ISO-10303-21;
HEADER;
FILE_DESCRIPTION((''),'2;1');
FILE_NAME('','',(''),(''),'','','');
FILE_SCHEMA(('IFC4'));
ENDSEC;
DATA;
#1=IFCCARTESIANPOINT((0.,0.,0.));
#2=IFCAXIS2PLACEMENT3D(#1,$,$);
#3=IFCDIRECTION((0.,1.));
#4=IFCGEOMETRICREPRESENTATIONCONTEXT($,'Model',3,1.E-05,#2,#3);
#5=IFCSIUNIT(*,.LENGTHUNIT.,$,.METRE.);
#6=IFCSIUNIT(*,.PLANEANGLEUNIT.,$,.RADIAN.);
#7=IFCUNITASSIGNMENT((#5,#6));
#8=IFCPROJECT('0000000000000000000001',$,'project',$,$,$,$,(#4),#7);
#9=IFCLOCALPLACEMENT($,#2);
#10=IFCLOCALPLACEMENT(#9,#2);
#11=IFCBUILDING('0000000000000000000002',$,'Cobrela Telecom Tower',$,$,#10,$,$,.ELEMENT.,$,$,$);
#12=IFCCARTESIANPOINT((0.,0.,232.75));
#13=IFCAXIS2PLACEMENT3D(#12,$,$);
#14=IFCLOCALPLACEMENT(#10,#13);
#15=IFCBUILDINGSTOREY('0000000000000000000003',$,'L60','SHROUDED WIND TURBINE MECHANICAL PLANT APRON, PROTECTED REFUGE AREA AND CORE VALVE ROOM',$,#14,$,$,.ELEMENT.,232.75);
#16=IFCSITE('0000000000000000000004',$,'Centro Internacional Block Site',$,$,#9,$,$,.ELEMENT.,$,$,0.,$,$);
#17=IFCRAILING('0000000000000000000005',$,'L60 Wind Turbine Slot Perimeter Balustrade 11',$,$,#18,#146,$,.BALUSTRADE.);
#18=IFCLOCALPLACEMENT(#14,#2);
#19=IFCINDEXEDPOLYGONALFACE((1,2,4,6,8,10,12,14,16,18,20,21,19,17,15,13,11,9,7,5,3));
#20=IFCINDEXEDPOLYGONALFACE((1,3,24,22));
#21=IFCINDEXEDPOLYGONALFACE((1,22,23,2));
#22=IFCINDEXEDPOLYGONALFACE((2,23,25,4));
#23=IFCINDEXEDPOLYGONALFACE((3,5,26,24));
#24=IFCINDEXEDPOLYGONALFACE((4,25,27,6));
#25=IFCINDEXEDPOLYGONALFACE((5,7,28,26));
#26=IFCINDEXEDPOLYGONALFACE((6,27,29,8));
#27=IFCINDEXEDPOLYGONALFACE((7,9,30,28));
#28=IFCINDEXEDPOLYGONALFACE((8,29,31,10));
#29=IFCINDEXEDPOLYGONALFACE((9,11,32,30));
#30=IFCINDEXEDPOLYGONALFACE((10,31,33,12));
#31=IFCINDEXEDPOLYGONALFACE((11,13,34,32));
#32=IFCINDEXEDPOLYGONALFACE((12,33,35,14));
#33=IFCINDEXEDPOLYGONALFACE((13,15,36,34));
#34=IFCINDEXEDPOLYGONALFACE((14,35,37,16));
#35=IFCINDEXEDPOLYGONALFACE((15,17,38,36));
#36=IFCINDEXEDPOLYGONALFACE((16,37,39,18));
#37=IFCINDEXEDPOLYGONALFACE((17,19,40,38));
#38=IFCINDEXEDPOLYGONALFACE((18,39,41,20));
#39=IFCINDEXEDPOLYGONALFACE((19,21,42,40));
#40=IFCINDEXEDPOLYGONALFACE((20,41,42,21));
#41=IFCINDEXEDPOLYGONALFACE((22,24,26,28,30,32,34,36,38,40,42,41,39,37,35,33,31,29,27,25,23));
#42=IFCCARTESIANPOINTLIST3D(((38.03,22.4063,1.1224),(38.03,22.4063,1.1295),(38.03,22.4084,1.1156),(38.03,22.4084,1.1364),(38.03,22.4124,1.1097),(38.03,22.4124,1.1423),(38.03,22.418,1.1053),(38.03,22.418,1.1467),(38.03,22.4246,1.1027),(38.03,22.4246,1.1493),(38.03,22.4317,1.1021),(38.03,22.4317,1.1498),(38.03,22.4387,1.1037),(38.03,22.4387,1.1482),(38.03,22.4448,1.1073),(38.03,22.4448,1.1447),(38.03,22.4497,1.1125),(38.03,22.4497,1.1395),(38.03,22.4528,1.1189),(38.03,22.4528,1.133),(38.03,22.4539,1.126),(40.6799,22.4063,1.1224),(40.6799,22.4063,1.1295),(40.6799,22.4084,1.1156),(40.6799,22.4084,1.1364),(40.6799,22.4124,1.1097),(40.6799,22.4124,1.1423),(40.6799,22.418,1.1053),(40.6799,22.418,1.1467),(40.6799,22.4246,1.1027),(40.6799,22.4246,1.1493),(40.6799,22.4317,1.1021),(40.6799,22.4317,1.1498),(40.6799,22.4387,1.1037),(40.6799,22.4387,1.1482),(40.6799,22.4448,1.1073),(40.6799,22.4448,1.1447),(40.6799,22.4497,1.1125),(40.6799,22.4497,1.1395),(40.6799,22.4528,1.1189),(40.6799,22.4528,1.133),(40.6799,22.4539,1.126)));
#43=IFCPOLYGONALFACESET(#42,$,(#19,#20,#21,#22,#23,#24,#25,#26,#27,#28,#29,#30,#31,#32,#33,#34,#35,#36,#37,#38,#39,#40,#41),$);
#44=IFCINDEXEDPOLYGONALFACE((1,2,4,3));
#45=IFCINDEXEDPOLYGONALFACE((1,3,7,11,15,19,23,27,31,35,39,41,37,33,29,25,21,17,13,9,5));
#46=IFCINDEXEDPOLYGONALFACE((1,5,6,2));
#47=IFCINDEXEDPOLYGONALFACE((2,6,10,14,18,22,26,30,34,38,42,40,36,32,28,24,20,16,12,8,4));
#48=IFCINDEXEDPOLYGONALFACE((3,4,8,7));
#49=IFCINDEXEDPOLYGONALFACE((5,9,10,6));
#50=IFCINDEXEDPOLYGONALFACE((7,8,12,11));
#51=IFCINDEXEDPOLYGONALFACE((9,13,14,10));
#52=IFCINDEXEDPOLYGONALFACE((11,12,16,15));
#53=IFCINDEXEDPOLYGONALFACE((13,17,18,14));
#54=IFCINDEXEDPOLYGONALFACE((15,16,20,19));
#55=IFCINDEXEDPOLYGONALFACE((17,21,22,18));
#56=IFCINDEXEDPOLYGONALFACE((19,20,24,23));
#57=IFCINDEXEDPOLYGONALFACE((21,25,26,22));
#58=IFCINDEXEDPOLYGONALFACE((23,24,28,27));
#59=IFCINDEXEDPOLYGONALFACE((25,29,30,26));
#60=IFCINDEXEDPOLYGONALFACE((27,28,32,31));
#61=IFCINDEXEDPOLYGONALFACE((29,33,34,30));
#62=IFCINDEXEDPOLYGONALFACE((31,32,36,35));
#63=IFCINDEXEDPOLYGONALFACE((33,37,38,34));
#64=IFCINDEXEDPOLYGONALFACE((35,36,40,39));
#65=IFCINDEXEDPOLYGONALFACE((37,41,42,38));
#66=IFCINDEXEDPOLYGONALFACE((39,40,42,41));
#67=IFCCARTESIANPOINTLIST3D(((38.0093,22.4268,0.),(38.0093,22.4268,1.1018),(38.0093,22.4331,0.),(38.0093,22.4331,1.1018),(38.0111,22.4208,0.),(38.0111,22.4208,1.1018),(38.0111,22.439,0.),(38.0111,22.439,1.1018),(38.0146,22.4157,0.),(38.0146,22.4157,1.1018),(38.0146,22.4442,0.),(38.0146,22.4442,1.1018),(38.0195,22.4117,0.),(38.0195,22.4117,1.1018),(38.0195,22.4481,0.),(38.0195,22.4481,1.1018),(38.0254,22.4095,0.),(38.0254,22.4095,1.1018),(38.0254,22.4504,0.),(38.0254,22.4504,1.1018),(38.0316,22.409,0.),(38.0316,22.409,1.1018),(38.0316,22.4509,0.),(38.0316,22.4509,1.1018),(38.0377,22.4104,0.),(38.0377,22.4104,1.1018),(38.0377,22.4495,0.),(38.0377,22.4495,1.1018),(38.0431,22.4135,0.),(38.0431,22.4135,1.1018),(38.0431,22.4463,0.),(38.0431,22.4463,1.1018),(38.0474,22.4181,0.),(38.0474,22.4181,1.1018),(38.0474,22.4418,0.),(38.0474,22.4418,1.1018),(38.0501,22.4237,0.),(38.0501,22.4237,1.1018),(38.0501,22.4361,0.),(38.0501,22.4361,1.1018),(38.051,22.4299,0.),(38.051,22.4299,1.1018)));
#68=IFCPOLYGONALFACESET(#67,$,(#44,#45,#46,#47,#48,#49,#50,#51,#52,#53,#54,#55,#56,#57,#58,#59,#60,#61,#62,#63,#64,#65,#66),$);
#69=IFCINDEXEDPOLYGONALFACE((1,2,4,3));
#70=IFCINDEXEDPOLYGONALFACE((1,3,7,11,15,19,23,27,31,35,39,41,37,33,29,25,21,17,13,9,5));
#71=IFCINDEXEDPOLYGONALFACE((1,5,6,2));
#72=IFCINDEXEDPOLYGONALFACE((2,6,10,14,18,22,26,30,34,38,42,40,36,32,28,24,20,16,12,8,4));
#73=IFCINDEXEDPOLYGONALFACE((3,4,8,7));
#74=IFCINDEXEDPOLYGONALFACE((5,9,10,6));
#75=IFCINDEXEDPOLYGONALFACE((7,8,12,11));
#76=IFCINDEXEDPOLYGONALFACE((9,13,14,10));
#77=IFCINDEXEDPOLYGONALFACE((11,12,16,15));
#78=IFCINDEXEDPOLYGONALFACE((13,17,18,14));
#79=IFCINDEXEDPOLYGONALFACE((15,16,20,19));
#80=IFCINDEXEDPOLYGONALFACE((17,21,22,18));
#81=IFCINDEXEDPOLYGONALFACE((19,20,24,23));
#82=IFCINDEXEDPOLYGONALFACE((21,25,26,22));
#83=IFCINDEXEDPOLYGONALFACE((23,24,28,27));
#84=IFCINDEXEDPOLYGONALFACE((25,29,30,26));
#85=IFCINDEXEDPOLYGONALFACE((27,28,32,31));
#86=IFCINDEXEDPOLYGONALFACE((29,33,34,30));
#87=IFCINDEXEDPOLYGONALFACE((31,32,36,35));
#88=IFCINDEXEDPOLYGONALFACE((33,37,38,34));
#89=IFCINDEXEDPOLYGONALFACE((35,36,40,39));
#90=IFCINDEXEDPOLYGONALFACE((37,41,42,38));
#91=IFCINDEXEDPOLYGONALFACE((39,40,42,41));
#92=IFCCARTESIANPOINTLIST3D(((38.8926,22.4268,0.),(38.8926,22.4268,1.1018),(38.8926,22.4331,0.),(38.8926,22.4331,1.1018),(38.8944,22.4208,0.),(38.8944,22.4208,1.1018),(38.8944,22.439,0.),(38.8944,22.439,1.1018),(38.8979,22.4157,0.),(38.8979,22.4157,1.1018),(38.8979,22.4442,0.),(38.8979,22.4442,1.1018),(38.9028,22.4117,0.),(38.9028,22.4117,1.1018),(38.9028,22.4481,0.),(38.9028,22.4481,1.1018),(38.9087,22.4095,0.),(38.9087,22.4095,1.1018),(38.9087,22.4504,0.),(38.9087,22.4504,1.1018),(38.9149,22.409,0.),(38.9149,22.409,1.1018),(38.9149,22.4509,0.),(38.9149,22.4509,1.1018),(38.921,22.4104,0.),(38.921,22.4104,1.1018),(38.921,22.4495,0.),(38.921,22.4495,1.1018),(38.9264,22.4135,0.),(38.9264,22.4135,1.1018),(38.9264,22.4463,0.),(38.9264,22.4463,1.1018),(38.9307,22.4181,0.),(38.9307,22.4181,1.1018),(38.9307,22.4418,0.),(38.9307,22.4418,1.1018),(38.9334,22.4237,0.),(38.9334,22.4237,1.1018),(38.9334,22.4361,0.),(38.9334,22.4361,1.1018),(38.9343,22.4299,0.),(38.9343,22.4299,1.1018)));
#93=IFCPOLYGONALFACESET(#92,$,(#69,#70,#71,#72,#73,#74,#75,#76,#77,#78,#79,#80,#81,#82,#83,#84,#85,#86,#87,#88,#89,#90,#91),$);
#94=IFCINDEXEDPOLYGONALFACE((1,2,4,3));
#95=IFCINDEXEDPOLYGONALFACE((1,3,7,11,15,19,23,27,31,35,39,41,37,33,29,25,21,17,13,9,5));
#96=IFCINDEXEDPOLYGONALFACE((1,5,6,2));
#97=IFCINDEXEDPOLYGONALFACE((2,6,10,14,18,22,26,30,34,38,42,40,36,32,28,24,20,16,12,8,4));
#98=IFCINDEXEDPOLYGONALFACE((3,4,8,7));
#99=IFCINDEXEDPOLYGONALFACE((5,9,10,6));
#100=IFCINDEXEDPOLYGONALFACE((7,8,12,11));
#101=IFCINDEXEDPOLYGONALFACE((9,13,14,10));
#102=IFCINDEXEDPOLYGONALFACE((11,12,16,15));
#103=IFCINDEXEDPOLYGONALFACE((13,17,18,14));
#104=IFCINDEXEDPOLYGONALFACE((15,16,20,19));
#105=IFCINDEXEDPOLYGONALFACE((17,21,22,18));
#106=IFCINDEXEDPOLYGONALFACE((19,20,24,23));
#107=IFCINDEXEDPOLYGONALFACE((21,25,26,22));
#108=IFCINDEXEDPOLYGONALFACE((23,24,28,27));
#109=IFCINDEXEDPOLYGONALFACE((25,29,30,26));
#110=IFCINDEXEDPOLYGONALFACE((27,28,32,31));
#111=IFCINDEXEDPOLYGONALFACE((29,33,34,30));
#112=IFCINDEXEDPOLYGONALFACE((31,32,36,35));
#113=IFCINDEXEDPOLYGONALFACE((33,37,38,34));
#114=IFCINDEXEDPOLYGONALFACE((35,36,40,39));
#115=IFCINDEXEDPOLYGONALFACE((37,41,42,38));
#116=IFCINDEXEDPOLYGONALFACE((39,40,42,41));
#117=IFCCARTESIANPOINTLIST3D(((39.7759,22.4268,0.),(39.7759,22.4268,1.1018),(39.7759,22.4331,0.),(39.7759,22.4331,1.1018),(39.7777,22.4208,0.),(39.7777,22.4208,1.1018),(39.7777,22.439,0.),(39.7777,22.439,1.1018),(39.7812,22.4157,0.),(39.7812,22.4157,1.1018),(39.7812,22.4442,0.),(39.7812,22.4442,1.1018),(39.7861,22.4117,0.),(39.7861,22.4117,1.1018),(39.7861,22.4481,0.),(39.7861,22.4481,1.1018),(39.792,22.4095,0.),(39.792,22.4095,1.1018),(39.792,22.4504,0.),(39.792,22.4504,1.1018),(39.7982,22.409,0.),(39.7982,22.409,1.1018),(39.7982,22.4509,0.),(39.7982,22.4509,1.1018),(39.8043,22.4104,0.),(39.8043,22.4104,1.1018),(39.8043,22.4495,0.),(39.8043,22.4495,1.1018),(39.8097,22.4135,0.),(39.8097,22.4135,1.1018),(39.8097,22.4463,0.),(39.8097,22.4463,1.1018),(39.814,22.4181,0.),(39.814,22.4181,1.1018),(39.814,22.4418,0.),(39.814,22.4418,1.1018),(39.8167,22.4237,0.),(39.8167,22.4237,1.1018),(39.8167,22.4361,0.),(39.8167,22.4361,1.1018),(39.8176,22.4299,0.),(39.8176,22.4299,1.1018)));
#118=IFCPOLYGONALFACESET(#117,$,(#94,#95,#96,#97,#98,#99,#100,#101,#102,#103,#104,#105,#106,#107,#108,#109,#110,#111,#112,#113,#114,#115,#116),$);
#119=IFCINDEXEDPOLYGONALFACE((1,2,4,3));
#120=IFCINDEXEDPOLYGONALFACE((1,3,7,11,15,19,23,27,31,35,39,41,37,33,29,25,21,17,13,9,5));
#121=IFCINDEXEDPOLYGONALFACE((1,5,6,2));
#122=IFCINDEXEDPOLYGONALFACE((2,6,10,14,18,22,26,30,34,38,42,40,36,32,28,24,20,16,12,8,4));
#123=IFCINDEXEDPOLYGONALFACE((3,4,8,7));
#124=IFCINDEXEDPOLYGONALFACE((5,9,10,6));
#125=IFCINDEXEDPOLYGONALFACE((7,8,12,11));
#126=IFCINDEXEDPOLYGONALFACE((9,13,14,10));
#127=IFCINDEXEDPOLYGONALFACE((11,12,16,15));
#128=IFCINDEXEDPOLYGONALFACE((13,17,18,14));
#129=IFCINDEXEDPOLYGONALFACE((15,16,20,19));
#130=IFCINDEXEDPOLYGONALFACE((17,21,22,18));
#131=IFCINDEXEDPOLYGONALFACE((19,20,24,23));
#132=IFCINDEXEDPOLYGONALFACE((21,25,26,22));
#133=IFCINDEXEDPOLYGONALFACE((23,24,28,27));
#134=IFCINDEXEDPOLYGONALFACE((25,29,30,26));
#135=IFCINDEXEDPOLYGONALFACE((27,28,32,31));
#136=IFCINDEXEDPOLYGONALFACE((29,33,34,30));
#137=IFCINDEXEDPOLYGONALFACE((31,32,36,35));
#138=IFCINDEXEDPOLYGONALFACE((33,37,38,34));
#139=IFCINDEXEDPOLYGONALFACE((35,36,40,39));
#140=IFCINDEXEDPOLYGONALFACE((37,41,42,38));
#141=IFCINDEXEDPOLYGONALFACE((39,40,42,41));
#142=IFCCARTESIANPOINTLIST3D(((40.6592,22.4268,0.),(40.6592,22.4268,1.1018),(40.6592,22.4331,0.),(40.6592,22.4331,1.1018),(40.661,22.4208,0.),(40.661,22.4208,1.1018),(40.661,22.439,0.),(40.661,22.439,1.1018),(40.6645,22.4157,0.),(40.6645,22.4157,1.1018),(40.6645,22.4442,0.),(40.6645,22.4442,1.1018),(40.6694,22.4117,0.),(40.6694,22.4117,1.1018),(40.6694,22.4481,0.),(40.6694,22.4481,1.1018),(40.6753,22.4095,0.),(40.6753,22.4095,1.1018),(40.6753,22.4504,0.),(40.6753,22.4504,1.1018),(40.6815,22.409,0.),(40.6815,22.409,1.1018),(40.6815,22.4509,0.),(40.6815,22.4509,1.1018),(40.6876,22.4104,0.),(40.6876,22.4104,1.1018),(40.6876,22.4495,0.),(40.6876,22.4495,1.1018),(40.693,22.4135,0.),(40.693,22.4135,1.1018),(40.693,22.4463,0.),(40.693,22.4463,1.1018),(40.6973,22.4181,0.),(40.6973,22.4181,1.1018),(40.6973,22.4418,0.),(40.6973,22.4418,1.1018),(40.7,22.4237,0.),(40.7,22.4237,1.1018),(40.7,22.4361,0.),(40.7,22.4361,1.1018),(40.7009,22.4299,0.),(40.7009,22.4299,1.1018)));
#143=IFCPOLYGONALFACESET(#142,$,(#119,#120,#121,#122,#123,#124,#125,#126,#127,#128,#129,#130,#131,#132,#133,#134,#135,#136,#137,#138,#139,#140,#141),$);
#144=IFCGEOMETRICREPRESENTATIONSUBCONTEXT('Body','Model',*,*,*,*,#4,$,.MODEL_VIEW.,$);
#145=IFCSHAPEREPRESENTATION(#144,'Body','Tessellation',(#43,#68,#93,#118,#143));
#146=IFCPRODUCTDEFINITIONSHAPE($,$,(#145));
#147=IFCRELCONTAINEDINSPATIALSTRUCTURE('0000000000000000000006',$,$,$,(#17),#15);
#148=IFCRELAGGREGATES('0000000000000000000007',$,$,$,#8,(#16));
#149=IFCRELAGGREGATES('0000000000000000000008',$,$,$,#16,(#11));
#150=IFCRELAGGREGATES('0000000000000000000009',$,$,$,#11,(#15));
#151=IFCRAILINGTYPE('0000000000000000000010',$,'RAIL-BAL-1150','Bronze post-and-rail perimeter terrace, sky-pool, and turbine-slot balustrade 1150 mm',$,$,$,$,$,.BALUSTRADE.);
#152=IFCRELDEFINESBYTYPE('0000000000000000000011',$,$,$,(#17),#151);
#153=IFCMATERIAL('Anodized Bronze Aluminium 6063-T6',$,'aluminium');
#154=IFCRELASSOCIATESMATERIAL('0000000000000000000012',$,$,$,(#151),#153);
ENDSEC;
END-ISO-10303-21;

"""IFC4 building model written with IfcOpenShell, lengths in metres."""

from ifc_helpers import new_model, si_unit, direction, frame, origin, origin_2d, place, context, subcontext, project, spatial, circle, extrude, material, type_object, element, save


model = new_model("IFC4")

# Units and contexts
model_context = context("Model", 3, precision=1e-05, world=origin(), true_north=direction((0.0, 1.0)))
body_context = subcontext(model_context, "Body", "Model", "MODEL_VIEW")
ifc_project = project(units=[si_unit("LENGTHUNIT", "METRE"), si_unit("PLANEANGLEUNIT", "RADIAN")], contexts=[model_context])

# Site, building, storey
site_placement = place(None, origin())
site = spatial("IfcSite", under=ifc_project, at=site_placement, Name="Centro Internacional Block Site", CompositionType="ELEMENT", RefElevation=0.0)
building_placement = place(site_placement, origin())
building = spatial("IfcBuilding", under=site, at=building_placement, Name="Cobrela Telecom Tower", CompositionType="ELEMENT")
storey_placement = place(building_placement, frame((0.0, 0.0, 232.75)))
storey = spatial("IfcBuildingStorey", under=building, at=storey_placement, Name="L60", Description="SHROUDED WIND TURBINE MECHANICAL PLANT APRON, PROTECTED REFUGE AREA AND CORE VALVE ROOM", CompositionType="ELEMENT", Elevation=232.75)

# Shared definitions
ifc_material_1 = material(Name="Anodized Bronze Aluminium 6063-T6", Category="aluminium")

# Railing
railing_type = type_object("IfcRailingType", Name="RAIL-BAL-1150", Description="Bronze post-and-rail perimeter terrace, sky-pool, and turbine-slot balustrade 1150 mm", PredefinedType="BALUSTRADE", material=ifc_material_1)
railing_1_placement = place(storey_placement, frame((38.03, 22.4299, 0.0)))
element("IfcRailing", 1, at=railing_1_placement, inside=storey, type_object=railing_type, Name="L60 Wind Turbine Slot Perimeter Balustrade 11", PredefinedType="BALUSTRADE", context=body_context, shape_type="SweptSolid", body=[
    extrude(circle(Radius=0.0239, at=origin_2d()), frame((0.0, 0.0, 1.126), z_axis=(1.0, 0.0, 0.0), x_axis=(0.0, 1.0, 0.0)), (0.0, 0.0, 1.0), 2.6499),
    extrude(circle(Radius=0.021, at=origin_2d()), origin(), (0.0, 0.0, 1.0), 1.1018),
    extrude(circle(Radius=0.021, at=origin_2d()), frame((0.8833, 0.0, 0.0)), (0.0, 0.0, 1.0), 1.1018),
    extrude(circle(Radius=0.021, at=origin_2d()), frame((1.7666, 0.0, 0.0)), (0.0, 0.0, 1.0), 1.1018),
    extrude(circle(Radius=0.021, at=origin_2d()), frame((2.6499, 0.0, 0.0)), (0.0, 0.0, 1.0), 1.1018),
])

save(model, "model.ifc")
